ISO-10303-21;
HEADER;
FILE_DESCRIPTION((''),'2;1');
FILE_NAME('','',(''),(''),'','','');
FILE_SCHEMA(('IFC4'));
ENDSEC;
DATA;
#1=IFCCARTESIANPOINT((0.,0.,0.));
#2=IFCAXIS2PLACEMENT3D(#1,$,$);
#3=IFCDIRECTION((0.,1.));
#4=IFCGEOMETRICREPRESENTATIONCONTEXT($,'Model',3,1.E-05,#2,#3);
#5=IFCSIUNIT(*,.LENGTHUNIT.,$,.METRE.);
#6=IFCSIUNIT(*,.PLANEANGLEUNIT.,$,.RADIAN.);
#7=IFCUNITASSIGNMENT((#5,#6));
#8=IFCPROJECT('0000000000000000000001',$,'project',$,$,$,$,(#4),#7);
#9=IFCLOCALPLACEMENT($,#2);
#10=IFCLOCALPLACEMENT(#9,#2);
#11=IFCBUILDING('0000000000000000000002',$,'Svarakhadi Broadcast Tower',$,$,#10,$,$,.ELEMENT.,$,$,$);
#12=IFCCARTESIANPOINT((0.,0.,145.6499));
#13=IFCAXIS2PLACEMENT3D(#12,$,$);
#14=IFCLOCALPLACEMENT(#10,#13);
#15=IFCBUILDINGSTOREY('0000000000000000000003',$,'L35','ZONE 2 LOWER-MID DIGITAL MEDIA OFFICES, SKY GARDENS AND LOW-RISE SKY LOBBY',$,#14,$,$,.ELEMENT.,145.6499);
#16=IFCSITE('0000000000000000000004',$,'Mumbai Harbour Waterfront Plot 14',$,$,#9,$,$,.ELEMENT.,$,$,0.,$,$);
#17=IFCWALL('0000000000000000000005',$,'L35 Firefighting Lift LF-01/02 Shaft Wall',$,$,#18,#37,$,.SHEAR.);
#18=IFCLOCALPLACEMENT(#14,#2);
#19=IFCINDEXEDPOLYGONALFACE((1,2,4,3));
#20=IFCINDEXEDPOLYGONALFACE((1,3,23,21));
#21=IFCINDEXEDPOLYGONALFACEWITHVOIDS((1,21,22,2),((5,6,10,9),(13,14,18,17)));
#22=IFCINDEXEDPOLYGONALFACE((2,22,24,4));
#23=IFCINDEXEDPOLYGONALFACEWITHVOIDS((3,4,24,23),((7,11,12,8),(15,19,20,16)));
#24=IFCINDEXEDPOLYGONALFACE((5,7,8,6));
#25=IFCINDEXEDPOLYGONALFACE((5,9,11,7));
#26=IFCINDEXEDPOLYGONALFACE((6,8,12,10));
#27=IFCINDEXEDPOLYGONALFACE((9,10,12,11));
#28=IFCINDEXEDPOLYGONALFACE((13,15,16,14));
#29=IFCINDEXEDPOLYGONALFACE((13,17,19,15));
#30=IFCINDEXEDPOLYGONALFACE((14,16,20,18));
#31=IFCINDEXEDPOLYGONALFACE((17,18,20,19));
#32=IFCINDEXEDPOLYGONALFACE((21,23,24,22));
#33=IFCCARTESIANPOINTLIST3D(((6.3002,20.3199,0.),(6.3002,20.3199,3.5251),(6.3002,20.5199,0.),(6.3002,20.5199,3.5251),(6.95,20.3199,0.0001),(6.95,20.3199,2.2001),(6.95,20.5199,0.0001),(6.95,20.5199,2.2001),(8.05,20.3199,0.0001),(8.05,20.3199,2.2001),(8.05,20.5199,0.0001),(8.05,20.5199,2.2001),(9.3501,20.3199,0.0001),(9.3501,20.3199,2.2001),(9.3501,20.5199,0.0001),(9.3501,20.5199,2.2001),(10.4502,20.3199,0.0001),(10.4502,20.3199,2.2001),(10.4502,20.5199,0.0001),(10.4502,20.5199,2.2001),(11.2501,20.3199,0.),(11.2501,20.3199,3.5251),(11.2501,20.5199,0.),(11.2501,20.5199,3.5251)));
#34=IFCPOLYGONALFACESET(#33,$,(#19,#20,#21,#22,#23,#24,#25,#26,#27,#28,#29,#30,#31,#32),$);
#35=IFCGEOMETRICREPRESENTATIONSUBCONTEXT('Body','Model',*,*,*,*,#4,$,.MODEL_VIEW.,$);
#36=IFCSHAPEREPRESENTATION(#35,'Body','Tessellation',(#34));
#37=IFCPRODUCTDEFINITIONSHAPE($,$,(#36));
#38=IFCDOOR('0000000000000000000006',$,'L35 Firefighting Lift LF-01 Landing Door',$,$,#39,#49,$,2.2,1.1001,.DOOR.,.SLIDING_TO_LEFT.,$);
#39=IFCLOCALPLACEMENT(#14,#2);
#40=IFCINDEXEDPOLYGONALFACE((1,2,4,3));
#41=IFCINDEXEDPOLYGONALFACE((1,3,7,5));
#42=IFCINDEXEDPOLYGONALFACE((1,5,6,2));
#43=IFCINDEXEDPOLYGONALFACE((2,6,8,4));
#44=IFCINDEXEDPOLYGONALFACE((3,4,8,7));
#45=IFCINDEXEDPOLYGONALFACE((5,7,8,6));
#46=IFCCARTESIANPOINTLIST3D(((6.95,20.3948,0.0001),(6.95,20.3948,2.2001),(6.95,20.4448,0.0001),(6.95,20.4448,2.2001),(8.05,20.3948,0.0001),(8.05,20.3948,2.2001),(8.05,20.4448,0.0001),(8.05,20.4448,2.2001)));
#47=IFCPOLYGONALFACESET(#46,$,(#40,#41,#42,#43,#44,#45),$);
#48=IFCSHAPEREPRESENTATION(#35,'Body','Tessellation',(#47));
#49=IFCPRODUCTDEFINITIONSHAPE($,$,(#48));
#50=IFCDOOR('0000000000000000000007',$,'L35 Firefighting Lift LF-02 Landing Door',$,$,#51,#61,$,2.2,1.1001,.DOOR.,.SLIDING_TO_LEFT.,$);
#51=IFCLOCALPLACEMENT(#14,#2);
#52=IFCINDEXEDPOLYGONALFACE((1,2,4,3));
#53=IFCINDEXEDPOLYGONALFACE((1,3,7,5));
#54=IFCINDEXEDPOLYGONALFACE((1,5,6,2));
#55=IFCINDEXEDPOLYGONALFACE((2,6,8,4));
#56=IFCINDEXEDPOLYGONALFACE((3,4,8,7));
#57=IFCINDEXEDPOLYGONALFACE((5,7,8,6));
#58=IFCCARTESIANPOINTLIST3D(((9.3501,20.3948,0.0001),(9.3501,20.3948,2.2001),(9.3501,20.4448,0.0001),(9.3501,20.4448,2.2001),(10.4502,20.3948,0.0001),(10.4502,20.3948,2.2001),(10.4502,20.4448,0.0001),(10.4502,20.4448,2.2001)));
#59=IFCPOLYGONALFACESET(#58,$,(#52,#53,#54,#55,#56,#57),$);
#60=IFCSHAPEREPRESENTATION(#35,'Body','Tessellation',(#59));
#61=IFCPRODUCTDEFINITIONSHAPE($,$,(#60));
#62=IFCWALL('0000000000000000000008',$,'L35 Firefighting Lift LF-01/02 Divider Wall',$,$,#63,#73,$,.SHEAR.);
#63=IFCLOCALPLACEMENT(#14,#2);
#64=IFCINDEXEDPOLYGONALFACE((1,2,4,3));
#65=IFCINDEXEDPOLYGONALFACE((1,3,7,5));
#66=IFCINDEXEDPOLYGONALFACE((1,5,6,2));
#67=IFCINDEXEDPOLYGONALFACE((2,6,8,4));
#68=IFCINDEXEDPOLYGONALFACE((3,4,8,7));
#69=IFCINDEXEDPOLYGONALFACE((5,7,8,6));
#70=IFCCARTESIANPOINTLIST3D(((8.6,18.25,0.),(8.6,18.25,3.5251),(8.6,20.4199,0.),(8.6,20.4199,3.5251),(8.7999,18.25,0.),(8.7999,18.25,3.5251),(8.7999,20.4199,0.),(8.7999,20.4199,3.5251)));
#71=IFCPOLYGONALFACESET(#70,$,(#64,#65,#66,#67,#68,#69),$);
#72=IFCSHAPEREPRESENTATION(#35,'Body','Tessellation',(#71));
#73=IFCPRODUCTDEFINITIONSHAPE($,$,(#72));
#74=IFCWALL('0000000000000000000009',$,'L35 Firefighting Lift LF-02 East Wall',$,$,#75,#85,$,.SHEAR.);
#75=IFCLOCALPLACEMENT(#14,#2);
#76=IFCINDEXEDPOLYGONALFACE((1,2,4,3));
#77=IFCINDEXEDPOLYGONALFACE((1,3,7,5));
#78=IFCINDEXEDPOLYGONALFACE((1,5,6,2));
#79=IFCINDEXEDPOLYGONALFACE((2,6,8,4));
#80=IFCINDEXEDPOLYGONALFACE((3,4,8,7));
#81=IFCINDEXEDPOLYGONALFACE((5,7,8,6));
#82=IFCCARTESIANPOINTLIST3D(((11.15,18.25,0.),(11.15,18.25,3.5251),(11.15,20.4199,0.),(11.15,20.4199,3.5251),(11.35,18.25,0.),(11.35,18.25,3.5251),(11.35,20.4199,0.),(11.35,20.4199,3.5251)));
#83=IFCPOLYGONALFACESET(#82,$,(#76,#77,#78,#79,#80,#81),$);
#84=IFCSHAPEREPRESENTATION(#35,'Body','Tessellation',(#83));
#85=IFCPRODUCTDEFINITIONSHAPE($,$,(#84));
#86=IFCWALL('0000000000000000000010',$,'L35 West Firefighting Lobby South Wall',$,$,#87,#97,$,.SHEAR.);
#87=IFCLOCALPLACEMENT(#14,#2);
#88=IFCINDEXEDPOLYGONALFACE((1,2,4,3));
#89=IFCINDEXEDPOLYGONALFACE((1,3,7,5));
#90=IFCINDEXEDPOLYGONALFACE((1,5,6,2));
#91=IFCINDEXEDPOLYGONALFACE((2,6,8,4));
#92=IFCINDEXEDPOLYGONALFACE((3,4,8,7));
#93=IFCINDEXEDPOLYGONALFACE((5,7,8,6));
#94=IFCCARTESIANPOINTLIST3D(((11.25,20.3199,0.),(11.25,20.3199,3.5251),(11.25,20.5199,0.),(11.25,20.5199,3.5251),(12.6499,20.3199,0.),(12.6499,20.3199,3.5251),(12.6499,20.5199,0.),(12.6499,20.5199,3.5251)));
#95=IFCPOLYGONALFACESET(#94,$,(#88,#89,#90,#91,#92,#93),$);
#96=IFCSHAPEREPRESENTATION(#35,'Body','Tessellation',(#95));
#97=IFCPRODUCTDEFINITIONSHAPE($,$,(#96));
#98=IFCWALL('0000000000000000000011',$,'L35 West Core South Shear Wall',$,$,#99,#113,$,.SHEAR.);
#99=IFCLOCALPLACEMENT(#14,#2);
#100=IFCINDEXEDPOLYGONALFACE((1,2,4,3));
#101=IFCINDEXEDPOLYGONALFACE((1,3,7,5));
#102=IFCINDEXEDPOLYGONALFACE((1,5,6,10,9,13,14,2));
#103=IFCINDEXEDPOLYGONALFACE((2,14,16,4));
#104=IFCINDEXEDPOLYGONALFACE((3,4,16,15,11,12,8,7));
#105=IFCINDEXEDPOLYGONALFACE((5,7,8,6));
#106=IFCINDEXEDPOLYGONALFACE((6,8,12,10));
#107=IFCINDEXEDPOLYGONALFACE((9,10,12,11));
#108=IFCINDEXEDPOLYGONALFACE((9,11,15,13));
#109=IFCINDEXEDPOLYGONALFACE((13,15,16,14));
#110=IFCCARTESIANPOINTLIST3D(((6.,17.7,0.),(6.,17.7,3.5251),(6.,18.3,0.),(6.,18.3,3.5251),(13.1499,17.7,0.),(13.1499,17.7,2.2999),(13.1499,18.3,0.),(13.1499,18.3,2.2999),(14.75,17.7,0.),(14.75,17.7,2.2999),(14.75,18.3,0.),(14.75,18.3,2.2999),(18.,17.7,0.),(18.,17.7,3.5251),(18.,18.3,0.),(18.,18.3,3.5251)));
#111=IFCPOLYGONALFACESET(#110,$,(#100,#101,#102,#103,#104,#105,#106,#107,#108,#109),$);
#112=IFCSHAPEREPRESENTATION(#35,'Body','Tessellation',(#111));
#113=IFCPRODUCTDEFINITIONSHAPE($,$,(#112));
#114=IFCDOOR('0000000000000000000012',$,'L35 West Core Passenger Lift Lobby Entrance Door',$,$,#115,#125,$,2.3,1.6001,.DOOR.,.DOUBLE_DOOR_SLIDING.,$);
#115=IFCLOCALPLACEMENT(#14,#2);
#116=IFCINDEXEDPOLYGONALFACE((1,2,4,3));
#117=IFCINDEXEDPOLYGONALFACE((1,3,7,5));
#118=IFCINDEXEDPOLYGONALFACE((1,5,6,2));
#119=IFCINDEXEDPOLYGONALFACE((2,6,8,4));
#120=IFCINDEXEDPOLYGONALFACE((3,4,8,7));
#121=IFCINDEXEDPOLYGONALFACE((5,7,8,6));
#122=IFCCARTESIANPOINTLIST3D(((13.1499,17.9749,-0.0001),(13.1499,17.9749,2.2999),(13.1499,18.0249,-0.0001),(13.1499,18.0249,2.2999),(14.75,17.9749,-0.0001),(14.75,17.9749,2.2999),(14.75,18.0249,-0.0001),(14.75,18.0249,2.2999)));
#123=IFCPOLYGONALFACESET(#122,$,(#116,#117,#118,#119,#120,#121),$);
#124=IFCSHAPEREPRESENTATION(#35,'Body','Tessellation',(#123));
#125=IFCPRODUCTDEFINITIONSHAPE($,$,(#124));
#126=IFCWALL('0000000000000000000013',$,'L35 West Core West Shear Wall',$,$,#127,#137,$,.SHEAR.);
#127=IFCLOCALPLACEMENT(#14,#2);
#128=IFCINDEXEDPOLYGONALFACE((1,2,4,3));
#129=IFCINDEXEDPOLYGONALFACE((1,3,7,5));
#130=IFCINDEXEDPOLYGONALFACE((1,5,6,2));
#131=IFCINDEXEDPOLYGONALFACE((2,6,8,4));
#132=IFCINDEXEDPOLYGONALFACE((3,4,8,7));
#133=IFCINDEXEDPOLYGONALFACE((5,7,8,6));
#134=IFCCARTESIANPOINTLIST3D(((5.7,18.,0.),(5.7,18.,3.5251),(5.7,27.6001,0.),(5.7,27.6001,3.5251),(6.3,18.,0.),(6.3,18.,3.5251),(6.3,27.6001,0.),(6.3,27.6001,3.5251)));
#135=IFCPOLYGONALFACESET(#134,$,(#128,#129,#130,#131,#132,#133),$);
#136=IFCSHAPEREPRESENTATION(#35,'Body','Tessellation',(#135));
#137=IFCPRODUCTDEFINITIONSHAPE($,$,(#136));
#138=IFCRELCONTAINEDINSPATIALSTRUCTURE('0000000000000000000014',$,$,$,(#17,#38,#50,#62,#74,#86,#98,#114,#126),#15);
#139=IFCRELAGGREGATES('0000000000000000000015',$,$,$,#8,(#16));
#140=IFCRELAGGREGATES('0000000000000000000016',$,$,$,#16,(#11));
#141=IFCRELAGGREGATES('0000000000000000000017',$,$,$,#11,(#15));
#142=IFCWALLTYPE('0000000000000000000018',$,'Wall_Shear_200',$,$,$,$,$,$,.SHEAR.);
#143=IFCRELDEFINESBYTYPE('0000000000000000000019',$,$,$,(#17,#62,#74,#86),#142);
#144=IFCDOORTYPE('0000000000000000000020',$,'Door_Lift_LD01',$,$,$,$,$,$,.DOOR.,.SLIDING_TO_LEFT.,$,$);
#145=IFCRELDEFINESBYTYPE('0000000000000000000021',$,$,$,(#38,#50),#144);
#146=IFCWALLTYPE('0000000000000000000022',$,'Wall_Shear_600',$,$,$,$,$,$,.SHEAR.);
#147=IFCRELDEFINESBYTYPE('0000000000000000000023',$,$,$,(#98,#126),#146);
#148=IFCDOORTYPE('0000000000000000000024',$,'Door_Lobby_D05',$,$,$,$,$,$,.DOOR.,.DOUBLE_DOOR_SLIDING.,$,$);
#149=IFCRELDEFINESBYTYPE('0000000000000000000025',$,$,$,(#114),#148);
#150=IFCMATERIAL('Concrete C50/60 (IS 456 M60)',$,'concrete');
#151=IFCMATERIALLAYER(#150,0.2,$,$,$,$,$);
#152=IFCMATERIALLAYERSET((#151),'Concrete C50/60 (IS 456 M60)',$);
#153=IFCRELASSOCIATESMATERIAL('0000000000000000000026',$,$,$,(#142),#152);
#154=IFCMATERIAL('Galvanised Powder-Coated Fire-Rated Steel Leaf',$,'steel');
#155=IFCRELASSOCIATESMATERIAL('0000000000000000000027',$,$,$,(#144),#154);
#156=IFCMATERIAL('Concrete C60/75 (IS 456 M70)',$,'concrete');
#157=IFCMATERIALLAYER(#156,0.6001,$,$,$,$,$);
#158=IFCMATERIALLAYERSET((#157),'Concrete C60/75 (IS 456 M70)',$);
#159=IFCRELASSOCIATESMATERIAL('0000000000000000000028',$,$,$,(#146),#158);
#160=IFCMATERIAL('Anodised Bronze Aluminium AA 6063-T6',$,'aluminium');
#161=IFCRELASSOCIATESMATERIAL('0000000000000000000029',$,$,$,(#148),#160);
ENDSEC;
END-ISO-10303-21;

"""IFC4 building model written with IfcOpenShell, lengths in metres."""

from ifc_helpers import new_model, si_unit, direction, frame, frame_2d, origin, place, context, subcontext, project, spatial, rectangle, extrude, material, layer, layer_set, type_object, element, fill, save


model = new_model("IFC4")

# Units and contexts
model_context = context("Model", 3, precision=1e-05, world=origin(), true_north=direction((0.0, 1.0)))
body_context = subcontext(model_context, "Body", "Model", "MODEL_VIEW")
ifc_project = project(units=[si_unit("LENGTHUNIT", "METRE"), si_unit("PLANEANGLEUNIT", "RADIAN")], contexts=[model_context])

# Site, building, storey
site_placement = place(None, origin())
site = spatial("IfcSite", under=ifc_project, at=site_placement, Name="Mumbai Harbour Waterfront Plot 14", CompositionType="ELEMENT", RefElevation=0.0)
building_placement = place(site_placement, origin())
building = spatial("IfcBuilding", under=site, at=building_placement, Name="Svarakhadi Broadcast Tower", CompositionType="ELEMENT")
storey_placement = place(building_placement, frame((0.0, 0.0, 145.6499)))
storey = spatial("IfcBuildingStorey", under=building, at=storey_placement, Name="L35", Description="ZONE 2 LOWER-MID DIGITAL MEDIA OFFICES, SKY GARDENS AND LOW-RISE SKY LOBBY", CompositionType="ELEMENT", Elevation=145.6499)

# Shared definitions
ifc_material_1 = material(Name="Concrete C50/60 (IS 456 M60)", Category="concrete")

# Wall, openings, doors
ifc_layer_1 = layer(ifc_material_1, 0.2)
ifc_layer_set_1 = layer_set([ifc_layer_1], Name="Concrete C50/60 (IS 456 M60)")
wall_type_1 = type_object("IfcWallType", Name="Wall_Shear_200", PredefinedType="SHEAR", material=ifc_layer_set_1)
wall_1_placement = place(storey_placement, frame((6.3, 20.4199, 0.0), z_axis=(0.0, 0.0, 1.0), x_axis=(1.0, 0.0, 0.0)))
wall_1 = element("IfcWall", 1, at=wall_1_placement, inside=storey, type_object=wall_type_1, Name="L35 Firefighting Lift LF-01/02 Shaft Wall", PredefinedType="SHEAR", context=body_context, shape_type="SweptSolid", body=[
    extrude(rectangle(XDim=4.95, YDim=0.2, at=frame_2d((2.4751, 0.0))), origin(), (0.0, 0.0, 1.0), 3.5251),
])
opening_1_placement = place(wall_1_placement, frame((0.6499, 0.0, 0.0)))
opening_1 = element("IfcOpeningElement", 2, at=opening_1_placement, cuts=wall_1, PredefinedType="OPENING", context=body_context, shape_type="SweptSolid", body=[
    extrude(rectangle(XDim=1.1001, YDim=2.2, at=frame_2d((0.55, 1.1001))), frame((0.0, 0.1099, 0.0), z_axis=(0.0, -1.0, 0.0), x_axis=(1.0, 0.0, 0.0)), (0.0, 0.0, 1.0), 0.22),
])
opening_2_placement = place(wall_1_placement, frame((3.05, 0.0, 0.0)))
opening_2 = element("IfcOpeningElement", 3, at=opening_2_placement, cuts=wall_1, PredefinedType="OPENING", context=body_context, shape_type="SweptSolid", body=[
    extrude(rectangle(XDim=1.1001, YDim=2.2, at=frame_2d((0.55, 1.1001))), frame((0.0, 0.1099, 0.0), z_axis=(0.0, -1.0, 0.0), x_axis=(1.0, 0.0, 0.0)), (0.0, 0.0, 1.0), 0.22),
])
ifc_material_2 = material(Name="Galvanised Powder-Coated Fire-Rated Steel Leaf", Category="steel")
door_type_1 = type_object("IfcDoorType", Name="Door_Lift_LD01", OperationType="SLIDING_TO_LEFT", PredefinedType="DOOR", material=ifc_material_2)
door_1_placement = place(opening_1_placement, origin())
door_1 = element("IfcDoor", 4, at=door_1_placement, inside=storey, type_object=door_type_1, Name="L35 Firefighting Lift LF-01 Landing Door", OperationType="SLIDING_TO_LEFT", OverallHeight=2.2, OverallWidth=1.1001, PredefinedType="DOOR", context=body_context, shape_type="SweptSolid", body=[
    extrude(rectangle(XDim=1.1001, YDim=2.2, at=frame_2d((0.55, 1.1001))), frame((0.0, 0.0249, 0.0), z_axis=(0.0, -1.0, 0.0), x_axis=(1.0, 0.0, 0.0)), (0.0, 0.0, 1.0), 0.05),
])
fill(opening_1, door_1)
door_2_placement = place(opening_2_placement, origin())
door_2 = element("IfcDoor", 5, at=door_2_placement, inside=storey, type_object=door_type_1, Name="L35 Firefighting Lift LF-02 Landing Door", OperationType="SLIDING_TO_LEFT", OverallHeight=2.2, OverallWidth=1.1001, PredefinedType="DOOR", context=body_context, shape_type="SweptSolid", body=[
    extrude(rectangle(XDim=1.1001, YDim=2.2, at=frame_2d((0.55, 1.1001))), frame((0.0, 0.0249, 0.0), z_axis=(0.0, -1.0, 0.0), x_axis=(1.0, 0.0, 0.0)), (0.0, 0.0, 1.0), 0.05),
])
fill(opening_2, door_2)

# Walls
for number, where, z_axis, x_axis, name in (
    (6, (8.7, 18.25, 0.0), (0.0, 0.0, 1.0), (0.0, 1.0, 0.0), "L35 Firefighting Lift LF-01/02 Divider Wall"),
    (7, (11.25, 18.25, 0.0), (0.0, 0.0, 1.0), (0.0, 1.0, 0.0), "L35 Firefighting Lift LF-02 East Wall"),
):
    element("IfcWall", number, at=place(storey_placement, frame(where, z_axis=z_axis, x_axis=x_axis)), inside=storey, type_object=wall_type_1, Name=name, PredefinedType="SHEAR", context=body_context, shape_type="SweptSolid", body=[
        extrude(rectangle(XDim=2.1699, YDim=0.2, at=frame_2d((1.085, 0.0))), origin(), (0.0, 0.0, 1.0), 3.5251),
    ])
wall_2_placement = place(storey_placement, frame((11.25, 20.4199, 0.0), z_axis=(0.0, 0.0, 1.0), x_axis=(1.0, 0.0, 0.0)))
element("IfcWall", 8, at=wall_2_placement, inside=storey, type_object=wall_type_1, Name="L35 West Firefighting Lobby South Wall", PredefinedType="SHEAR", context=body_context, shape_type="SweptSolid", body=[
    extrude(rectangle(XDim=1.3999, YDim=0.2, at=frame_2d((0.7, 0.0))), origin(), (0.0, 0.0, 1.0), 3.5251),
])

# Wall, opening, door
ifc_material_3 = material(Name="Concrete C60/75 (IS 456 M70)", Category="concrete")
ifc_layer_2 = layer(ifc_material_3, 0.6001)
ifc_layer_set_2 = layer_set([ifc_layer_2], Name="Concrete C60/75 (IS 456 M70)")
wall_type_2 = type_object("IfcWallType", Name="Wall_Shear_600", PredefinedType="SHEAR", material=ifc_layer_set_2)
wall_3_placement = place(storey_placement, frame((6.0, 18.0, 0.0), z_axis=(0.0, 0.0, 1.0), x_axis=(1.0, 0.0, 0.0)))
wall_3 = element("IfcWall", 9, at=wall_3_placement, inside=storey, type_object=wall_type_2, Name="L35 West Core South Shear Wall", PredefinedType="SHEAR", context=body_context, shape_type="SweptSolid", body=[
    extrude(rectangle(XDim=12.0, YDim=0.6001, at=frame_2d((6.0, 0.0))), origin(), (0.0, 0.0, 1.0), 3.5251),
])
opening_3_placement = place(wall_3_placement, frame((7.1499, 0.0, 0.0)))
opening_3 = element("IfcOpeningElement", 10, at=opening_3_placement, cuts=wall_3, PredefinedType="OPENING", context=body_context, shape_type="SweptSolid", body=[
    extrude(rectangle(XDim=1.6001, YDim=2.3, at=frame_2d((0.8, 1.1499))), frame((0.0, 0.3101, 0.0), z_axis=(0.0, -1.0, 0.0), x_axis=(1.0, 0.0, 0.0)), (0.0, 0.0, 1.0), 0.6201),
])
ifc_material_4 = material(Name="Anodised Bronze Aluminium AA 6063-T6", Category="aluminium")
door_type_2 = type_object("IfcDoorType", Name="Door_Lobby_D05", OperationType="DOUBLE_DOOR_SLIDING", PredefinedType="DOOR", material=ifc_material_4)
door_3_placement = place(opening_3_placement, origin())
door_3 = element("IfcDoor", 11, at=door_3_placement, inside=storey, type_object=door_type_2, Name="L35 West Core Passenger Lift Lobby Entrance Door", OperationType="DOUBLE_DOOR_SLIDING", OverallHeight=2.3, OverallWidth=1.6001, PredefinedType="DOOR", context=body_context, shape_type="SweptSolid", body=[
    extrude(rectangle(XDim=1.6001, YDim=2.3, at=frame_2d((0.8, 1.1499))), frame((0.0, 0.0249, 0.0), z_axis=(0.0, -1.0, 0.0), x_axis=(1.0, 0.0, 0.0)), (0.0, 0.0, 1.0), 0.05),
])
fill(opening_3, door_3)

# Wall
wall_4_placement = place(storey_placement, frame((6.0, 18.0, 0.0), z_axis=(0.0, 0.0, 1.0), x_axis=(0.0, 1.0, 0.0)))
element("IfcWall", 12, at=wall_4_placement, inside=storey, type_object=wall_type_2, Name="L35 West Core West Shear Wall", PredefinedType="SHEAR", context=body_context, shape_type="SweptSolid", body=[
    extrude(rectangle(XDim=9.6001, YDim=0.6001, at=frame_2d((4.8, 0.0))), origin(), (0.0, 0.0, 1.0), 3.5251),
])

save(model, "model.ifc")
